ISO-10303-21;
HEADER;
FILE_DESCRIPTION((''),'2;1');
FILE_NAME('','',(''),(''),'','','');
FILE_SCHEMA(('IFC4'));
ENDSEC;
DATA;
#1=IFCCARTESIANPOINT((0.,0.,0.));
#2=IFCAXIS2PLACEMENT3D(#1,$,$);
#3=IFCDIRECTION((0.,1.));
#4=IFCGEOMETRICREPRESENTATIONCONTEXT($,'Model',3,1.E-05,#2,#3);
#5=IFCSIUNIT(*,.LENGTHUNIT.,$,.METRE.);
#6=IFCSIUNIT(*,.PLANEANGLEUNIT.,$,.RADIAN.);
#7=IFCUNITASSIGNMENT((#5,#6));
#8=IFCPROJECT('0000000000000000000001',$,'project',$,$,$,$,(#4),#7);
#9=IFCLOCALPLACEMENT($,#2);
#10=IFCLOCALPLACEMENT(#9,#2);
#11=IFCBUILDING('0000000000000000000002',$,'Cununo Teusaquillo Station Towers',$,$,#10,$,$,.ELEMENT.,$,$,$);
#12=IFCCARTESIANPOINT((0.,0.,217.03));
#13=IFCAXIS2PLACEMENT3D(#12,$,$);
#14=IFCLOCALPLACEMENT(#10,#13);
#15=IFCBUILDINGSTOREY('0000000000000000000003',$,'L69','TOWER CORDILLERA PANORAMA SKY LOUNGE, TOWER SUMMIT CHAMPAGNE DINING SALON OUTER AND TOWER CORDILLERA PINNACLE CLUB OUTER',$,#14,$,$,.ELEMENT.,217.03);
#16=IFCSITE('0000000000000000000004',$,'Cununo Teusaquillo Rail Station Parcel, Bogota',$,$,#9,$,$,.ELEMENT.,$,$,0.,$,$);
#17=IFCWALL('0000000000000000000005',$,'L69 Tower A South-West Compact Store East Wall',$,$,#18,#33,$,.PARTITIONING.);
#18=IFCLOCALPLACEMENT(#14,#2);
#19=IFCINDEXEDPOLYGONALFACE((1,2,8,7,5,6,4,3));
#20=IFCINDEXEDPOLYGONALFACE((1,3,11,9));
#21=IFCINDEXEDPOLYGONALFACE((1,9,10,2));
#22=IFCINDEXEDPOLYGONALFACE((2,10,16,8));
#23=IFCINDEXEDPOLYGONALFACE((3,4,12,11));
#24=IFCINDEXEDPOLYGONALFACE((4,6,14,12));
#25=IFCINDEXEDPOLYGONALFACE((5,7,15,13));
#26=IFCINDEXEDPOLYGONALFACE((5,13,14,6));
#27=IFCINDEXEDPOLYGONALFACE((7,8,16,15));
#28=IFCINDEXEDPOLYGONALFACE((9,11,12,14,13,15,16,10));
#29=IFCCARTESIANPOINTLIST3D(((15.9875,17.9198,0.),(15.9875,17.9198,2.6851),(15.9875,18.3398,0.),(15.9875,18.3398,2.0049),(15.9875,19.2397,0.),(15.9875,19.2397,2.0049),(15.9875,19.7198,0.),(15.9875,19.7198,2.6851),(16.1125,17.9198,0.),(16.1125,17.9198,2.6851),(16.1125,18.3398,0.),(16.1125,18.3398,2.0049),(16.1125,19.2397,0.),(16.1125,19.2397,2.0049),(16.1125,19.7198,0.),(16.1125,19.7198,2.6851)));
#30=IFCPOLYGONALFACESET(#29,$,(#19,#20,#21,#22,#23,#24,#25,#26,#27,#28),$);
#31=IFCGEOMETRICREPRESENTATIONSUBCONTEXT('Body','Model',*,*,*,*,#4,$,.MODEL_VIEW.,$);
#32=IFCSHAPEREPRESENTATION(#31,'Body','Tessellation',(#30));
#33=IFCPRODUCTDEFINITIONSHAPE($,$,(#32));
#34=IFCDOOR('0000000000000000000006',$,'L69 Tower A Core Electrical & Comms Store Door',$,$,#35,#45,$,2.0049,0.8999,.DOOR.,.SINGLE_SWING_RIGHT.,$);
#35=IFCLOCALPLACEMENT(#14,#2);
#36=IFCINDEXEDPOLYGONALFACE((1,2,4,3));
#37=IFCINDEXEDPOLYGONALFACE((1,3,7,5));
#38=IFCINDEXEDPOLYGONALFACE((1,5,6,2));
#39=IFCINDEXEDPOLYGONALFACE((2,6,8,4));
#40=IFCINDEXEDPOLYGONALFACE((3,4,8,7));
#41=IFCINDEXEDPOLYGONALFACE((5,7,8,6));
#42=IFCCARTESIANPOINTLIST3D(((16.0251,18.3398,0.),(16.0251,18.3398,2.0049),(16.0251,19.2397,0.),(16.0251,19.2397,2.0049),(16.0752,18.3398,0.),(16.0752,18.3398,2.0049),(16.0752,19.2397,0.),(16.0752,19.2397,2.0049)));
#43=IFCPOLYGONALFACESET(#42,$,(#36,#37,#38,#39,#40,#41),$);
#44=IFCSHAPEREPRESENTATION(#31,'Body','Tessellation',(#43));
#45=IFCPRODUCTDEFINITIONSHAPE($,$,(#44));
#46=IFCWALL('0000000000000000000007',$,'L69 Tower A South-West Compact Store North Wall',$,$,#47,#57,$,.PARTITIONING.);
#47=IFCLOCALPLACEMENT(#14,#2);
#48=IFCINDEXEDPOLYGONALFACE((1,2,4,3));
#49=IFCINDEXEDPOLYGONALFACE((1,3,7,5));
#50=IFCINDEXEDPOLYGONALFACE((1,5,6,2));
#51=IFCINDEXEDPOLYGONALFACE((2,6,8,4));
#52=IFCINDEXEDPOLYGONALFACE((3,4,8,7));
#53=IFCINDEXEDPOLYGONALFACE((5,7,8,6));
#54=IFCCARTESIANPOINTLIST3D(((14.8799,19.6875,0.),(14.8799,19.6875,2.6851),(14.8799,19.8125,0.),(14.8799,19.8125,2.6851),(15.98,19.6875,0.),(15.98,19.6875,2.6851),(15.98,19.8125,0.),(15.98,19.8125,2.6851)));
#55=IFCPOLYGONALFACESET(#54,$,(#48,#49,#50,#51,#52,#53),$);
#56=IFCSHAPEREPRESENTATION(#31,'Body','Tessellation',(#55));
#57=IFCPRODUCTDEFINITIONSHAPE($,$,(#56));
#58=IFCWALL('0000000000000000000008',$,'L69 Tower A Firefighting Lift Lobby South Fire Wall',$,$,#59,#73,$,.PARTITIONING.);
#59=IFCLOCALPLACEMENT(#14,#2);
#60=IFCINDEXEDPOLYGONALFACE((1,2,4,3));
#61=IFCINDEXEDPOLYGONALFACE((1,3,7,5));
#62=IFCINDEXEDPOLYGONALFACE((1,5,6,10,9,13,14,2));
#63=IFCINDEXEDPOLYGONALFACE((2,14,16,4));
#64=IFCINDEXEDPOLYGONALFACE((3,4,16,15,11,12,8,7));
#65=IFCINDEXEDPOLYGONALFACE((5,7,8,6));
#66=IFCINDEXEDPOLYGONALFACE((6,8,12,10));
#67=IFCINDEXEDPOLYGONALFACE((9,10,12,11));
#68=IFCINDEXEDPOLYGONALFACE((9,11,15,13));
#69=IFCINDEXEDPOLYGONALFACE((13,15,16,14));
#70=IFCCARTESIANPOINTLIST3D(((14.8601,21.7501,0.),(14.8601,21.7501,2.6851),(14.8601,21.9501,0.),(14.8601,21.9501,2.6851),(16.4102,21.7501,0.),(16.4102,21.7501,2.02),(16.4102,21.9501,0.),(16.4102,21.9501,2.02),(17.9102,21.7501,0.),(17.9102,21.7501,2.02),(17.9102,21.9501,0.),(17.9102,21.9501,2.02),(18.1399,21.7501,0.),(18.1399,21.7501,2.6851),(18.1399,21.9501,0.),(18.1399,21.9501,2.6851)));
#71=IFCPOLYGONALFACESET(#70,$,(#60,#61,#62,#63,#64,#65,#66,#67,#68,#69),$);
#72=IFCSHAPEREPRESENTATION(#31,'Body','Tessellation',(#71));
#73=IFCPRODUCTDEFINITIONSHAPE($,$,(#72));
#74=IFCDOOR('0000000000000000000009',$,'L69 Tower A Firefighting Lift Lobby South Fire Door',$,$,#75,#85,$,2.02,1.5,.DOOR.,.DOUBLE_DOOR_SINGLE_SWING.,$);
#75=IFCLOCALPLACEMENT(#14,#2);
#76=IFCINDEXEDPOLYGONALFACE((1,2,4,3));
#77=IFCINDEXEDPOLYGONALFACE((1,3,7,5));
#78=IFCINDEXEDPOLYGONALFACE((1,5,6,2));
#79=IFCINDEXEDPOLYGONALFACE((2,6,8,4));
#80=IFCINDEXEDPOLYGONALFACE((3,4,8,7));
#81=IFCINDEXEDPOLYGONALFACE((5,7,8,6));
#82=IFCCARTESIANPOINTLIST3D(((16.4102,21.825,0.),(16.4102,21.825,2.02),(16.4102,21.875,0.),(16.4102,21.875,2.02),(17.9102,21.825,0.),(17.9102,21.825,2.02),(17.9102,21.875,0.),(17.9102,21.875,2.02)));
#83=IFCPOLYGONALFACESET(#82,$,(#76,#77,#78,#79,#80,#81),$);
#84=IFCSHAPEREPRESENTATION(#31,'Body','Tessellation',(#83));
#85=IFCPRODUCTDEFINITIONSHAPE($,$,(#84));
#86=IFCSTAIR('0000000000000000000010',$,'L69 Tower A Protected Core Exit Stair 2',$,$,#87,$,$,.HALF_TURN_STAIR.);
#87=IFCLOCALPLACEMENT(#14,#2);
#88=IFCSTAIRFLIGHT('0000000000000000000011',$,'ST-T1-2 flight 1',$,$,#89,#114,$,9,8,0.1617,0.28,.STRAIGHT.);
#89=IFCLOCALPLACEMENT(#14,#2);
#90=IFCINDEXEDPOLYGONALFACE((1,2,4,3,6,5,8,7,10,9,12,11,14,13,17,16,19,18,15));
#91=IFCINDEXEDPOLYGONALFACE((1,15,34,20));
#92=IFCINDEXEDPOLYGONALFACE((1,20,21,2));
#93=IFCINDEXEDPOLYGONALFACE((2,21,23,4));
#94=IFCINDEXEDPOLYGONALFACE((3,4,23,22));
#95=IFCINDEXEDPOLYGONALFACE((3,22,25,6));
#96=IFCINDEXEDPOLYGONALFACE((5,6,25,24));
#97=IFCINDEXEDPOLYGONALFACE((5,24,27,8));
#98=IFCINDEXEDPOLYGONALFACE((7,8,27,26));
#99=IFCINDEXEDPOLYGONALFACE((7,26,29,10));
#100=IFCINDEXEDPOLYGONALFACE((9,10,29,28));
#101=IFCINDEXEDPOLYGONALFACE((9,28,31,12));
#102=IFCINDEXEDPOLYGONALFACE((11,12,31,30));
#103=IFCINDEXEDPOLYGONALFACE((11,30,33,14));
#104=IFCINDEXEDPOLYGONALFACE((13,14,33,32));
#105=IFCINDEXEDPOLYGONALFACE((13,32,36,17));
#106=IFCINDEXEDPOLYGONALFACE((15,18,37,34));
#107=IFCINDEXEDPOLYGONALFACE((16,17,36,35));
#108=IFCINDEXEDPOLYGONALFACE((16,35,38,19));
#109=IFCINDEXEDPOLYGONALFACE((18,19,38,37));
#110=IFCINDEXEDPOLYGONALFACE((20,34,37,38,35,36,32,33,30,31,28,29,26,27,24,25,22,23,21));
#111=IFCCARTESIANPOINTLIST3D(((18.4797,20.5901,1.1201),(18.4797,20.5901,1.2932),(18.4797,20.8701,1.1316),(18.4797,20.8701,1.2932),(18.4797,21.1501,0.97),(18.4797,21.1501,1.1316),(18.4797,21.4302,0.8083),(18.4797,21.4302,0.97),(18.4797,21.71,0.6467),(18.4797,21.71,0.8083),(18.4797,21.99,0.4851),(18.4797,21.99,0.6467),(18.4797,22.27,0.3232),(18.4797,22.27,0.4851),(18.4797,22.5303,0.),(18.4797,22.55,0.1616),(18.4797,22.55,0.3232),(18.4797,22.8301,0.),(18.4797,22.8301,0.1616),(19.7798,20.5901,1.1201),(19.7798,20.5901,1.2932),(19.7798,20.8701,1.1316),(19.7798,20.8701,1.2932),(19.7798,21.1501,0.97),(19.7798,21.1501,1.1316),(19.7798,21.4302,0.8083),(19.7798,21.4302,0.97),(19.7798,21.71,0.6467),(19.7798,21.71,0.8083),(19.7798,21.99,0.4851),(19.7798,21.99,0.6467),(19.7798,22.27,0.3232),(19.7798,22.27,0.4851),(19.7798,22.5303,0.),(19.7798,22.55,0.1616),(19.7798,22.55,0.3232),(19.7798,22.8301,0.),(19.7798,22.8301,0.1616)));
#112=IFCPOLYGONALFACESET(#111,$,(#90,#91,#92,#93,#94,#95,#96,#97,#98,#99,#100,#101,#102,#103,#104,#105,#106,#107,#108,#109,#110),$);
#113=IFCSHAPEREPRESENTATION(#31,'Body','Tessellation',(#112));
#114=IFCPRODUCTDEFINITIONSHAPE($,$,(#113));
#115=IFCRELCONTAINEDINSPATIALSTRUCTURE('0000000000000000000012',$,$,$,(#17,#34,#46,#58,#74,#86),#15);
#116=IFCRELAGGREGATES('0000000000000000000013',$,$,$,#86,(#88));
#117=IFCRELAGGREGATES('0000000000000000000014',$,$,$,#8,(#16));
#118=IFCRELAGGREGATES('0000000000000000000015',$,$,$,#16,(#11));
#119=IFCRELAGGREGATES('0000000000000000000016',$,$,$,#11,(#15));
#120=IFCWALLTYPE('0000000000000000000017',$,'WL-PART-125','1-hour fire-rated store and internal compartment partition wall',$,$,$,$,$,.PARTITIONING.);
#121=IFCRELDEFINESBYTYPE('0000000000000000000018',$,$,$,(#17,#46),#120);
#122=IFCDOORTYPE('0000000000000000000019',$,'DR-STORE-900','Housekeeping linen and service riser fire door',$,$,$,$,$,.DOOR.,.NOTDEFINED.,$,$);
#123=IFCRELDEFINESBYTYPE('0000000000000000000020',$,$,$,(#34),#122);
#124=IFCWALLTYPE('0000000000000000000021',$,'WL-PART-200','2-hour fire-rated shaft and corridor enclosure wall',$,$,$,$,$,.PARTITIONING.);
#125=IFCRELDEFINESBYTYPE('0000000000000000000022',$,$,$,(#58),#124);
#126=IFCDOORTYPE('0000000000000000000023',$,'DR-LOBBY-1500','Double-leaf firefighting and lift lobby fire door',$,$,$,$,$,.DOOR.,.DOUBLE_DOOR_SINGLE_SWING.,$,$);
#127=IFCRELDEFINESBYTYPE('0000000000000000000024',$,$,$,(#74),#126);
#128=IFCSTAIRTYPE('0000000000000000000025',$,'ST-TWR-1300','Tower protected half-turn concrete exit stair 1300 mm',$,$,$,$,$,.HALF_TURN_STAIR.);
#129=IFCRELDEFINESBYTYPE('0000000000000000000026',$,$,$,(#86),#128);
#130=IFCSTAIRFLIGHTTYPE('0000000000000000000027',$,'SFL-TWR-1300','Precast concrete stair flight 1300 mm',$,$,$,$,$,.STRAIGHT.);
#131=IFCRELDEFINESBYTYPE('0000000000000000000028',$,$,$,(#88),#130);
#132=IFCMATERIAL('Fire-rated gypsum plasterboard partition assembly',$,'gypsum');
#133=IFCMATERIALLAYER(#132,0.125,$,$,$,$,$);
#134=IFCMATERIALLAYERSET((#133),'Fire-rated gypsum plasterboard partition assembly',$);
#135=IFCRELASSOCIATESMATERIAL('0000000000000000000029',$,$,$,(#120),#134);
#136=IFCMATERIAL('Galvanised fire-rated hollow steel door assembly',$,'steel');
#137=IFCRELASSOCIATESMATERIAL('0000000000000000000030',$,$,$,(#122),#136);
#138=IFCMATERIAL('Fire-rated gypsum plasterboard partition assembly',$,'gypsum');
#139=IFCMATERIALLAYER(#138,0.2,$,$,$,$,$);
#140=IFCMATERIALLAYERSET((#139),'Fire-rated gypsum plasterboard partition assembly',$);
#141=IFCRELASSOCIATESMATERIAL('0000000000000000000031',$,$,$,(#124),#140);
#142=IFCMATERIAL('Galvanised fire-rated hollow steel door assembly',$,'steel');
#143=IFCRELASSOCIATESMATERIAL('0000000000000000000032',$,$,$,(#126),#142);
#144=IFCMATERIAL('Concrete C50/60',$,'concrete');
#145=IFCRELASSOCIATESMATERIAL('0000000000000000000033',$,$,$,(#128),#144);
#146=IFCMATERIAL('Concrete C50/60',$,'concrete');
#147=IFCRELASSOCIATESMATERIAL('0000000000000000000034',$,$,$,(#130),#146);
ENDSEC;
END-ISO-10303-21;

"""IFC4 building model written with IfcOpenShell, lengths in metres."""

from ifc_helpers import new_model, si_unit, direction, frame, frame_2d, origin, place, context, subcontext, project, spatial, polyline, rectangle, outline, extrude, source, transform, mapped, material, layer, layer_set, type_object, element, fill, aggregate, save


model = new_model("IFC4")

# Units and contexts
model_context = context("Model", 3, precision=1e-05, world=origin(), true_north=direction((0.0, 1.0)))
body_context = subcontext(model_context, "Body", "Model", "MODEL_VIEW")
ifc_project = project(units=[si_unit("LENGTHUNIT", "METRE"), si_unit("PLANEANGLEUNIT", "RADIAN")], contexts=[model_context])

# Site, building, storey
site_placement = place(None, origin())
site = spatial("IfcSite", under=ifc_project, at=site_placement, Name="Cununo Teusaquillo Rail Station Parcel, Bogota", CompositionType="ELEMENT", RefElevation=0.0)
building_placement = place(site_placement, origin())
building = spatial("IfcBuilding", under=site, at=building_placement, Name="Cununo Teusaquillo Station Towers", CompositionType="ELEMENT")
storey_placement = place(building_placement, frame((0.0, 0.0, 217.03)))
storey = spatial("IfcBuildingStorey", under=building, at=storey_placement, Name="L69", Description="TOWER CORDILLERA PANORAMA SKY LOUNGE, TOWER SUMMIT CHAMPAGNE DINING SALON OUTER AND TOWER CORDILLERA PINNACLE CLUB OUTER", CompositionType="ELEMENT", Elevation=217.03)

# Wall, opening, door
ifc_material_1 = material(Name="Fire-rated gypsum plasterboard partition assembly", Category="gypsum")
ifc_layer_1 = layer(ifc_material_1, 0.125)
ifc_layer_set_1 = layer_set([ifc_layer_1], Name="Fire-rated gypsum plasterboard partition assembly")
wall_type_1 = type_object("IfcWallType", Name="WL-PART-125", Description="1-hour fire-rated store and internal compartment partition wall", PredefinedType="PARTITIONING", material=ifc_layer_set_1)
wall_1_placement = place(storey_placement, frame((16.05, 17.9199, 0.0), z_axis=(0.0, 0.0, 1.0), x_axis=(0.0, 1.0, 0.0)))
wall_1 = element("IfcWall", 1, at=wall_1_placement, inside=storey, type_object=wall_type_1, Name="L69 Tower A South-West Compact Store East Wall", PredefinedType="PARTITIONING", context=body_context, shape_type="SweptSolid", body=[
    extrude(rectangle(XDim=1.8, YDim=0.125, at=frame_2d((0.8999, 0.0))), origin(), (0.0, 0.0, 1.0), 2.6851),
])
shared_shape_1 = source(origin(), body_context, "Body", "SweptSolid", [
    extrude(rectangle(XDim=0.8999, YDim=2.0049, at=frame_2d((0.45, 1.0024))), frame((0.0, 0.0725, 0.0), z_axis=(0.0, -1.0, 0.0), x_axis=(1.0, 0.0, 0.0)), (0.0, 0.0, 1.0), 0.145),
])
opening_1_placement = place(wall_1_placement, frame((0.4199, 0.0, 0.0)))
opening_1 = element("IfcOpeningElement", 2, at=opening_1_placement, cuts=wall_1, PredefinedType="OPENING", context=body_context, shape_type="MappedRepresentation", body=[
    mapped(shared_shape_1, transform((0.0, 0.0, 0.0), x_axis=(1.0, 0.0, 0.0), y_axis=(0.0, 1.0, 0.0), z_axis=(0.0, 0.0, 1.0), scale=1.0)),
])
ifc_material_2 = material(Name="Galvanised fire-rated hollow steel door assembly", Category="steel")
door_type_1 = type_object("IfcDoorType", Name="DR-STORE-900", Description="Housekeeping linen and service riser fire door", OperationType="NOTDEFINED", PredefinedType="DOOR", material=ifc_material_2)
shared_shape_2 = source(origin(), body_context, "Body", "SweptSolid", [
    extrude(rectangle(XDim=0.8999, YDim=2.0049, at=frame_2d((0.45, 1.0024))), frame((0.0, 0.0249, 0.0), z_axis=(0.0, -1.0, 0.0), x_axis=(1.0, 0.0, 0.0)), (0.0, 0.0, 1.0), 0.05),
])
door_1_placement = place(opening_1_placement, origin())
door_1 = element("IfcDoor", 3, at=door_1_placement, inside=storey, type_object=door_type_1, Name="L69 Tower A Core Electrical & Comms Store Door", OperationType="SINGLE_SWING_RIGHT", OverallHeight=2.0049, OverallWidth=0.8999, PredefinedType="DOOR", context=body_context, shape_type="MappedRepresentation", body=[
    mapped(shared_shape_2, transform((0.0, 0.0, 0.0), x_axis=(1.0, 0.0, 0.0), y_axis=(0.0, 1.0, 0.0), z_axis=(0.0, 0.0, 1.0), scale=1.0)),
])
fill(opening_1, door_1)

# Wall
wall_2_placement = place(storey_placement, frame((14.8799, 19.75, 0.0), z_axis=(0.0, 0.0, 1.0), x_axis=(1.0, 0.0, 0.0)))
element("IfcWall", 4, at=wall_2_placement, inside=storey, type_object=wall_type_1, Name="L69 Tower A South-West Compact Store North Wall", PredefinedType="PARTITIONING", context=body_context, shape_type="SweptSolid", body=[
    extrude(rectangle(XDim=1.1001, YDim=0.125, at=frame_2d((0.55, 0.0))), origin(), (0.0, 0.0, 1.0), 2.6851),
])

# Wall, opening, door
ifc_material_3 = material(Name="Fire-rated gypsum plasterboard partition assembly", Category="gypsum")
ifc_layer_2 = layer(ifc_material_3, 0.2)
ifc_layer_set_2 = layer_set([ifc_layer_2], Name="Fire-rated gypsum plasterboard partition assembly")
wall_type_2 = type_object("IfcWallType", Name="WL-PART-200", Description="2-hour fire-rated shaft and corridor enclosure wall", PredefinedType="PARTITIONING", material=ifc_layer_set_2)
wall_3_placement = place(storey_placement, frame((14.8601, 21.8501, 0.0), z_axis=(0.0, 0.0, 1.0), x_axis=(1.0, 0.0, 0.0)))
wall_3 = element("IfcWall", 5, at=wall_3_placement, inside=storey, type_object=wall_type_2, Name="L69 Tower A Firefighting Lift Lobby South Fire Wall", PredefinedType="PARTITIONING", context=body_context, shape_type="SweptSolid", body=[
    extrude(rectangle(XDim=3.2798, YDim=0.2, at=frame_2d((1.6399, 0.0))), origin(), (0.0, 0.0, 1.0), 2.6851),
])
shared_shape_3 = source(origin(), body_context, "Body", "SweptSolid", [
    extrude(rectangle(XDim=1.5, YDim=2.02, at=frame_2d((0.75, 1.01))), frame((0.0, 0.1099, 0.0), z_axis=(0.0, -1.0, 0.0), x_axis=(1.0, 0.0, 0.0)), (0.0, 0.0, 1.0), 0.22),
])
opening_2_placement = place(wall_3_placement, frame((1.55, 0.0, 0.0)))
opening_2 = element("IfcOpeningElement", 6, at=opening_2_placement, cuts=wall_3, PredefinedType="OPENING", context=body_context, shape_type="MappedRepresentation", body=[
    mapped(shared_shape_3, transform((0.0, 0.0, 0.0), x_axis=(1.0, 0.0, 0.0), y_axis=(0.0, 1.0, 0.0), z_axis=(0.0, 0.0, 1.0), scale=1.0)),
])
ifc_material_4 = material(Name="Galvanised fire-rated hollow steel door assembly", Category="steel")
door_type_2 = type_object("IfcDoorType", Name="DR-LOBBY-1500", Description="Double-leaf firefighting and lift lobby fire door", OperationType="DOUBLE_DOOR_SINGLE_SWING", PredefinedType="DOOR", material=ifc_material_4)
shared_shape_4 = source(origin(), body_context, "Body", "SweptSolid", [
    extrude(rectangle(XDim=1.5, YDim=2.02, at=frame_2d((0.75, 1.01))), frame((0.0, 0.0249, 0.0), z_axis=(0.0, -1.0, 0.0), x_axis=(1.0, 0.0, 0.0)), (0.0, 0.0, 1.0), 0.05),
])
door_2_placement = place(opening_2_placement, origin())
door_2 = element("IfcDoor", 7, at=door_2_placement, inside=storey, type_object=door_type_2, Name="L69 Tower A Firefighting Lift Lobby South Fire Door", OperationType="DOUBLE_DOOR_SINGLE_SWING", OverallHeight=2.02, OverallWidth=1.5, PredefinedType="DOOR", context=body_context, shape_type="MappedRepresentation", body=[
    mapped(shared_shape_4, transform((0.0, 0.0, 0.0), x_axis=(1.0, 0.0, 0.0), y_axis=(0.0, 1.0, 0.0), z_axis=(0.0, 0.0, 1.0), scale=1.0)),
])
fill(opening_2, door_2)

# Stair, stair flight
ifc_material_5 = material(Name="Concrete C50/60", Category="concrete")
stair_type = type_object("IfcStairType", Name="ST-TWR-1300", Description="Tower protected half-turn concrete exit stair 1300 mm", PredefinedType="HALF_TURN_STAIR", material=ifc_material_5)
stair_placement = place(storey_placement, origin())
stair = element("IfcStair", 8, at=stair_placement, inside=storey, type_object=stair_type, Name="L69 Tower A Protected Core Exit Stair 2", PredefinedType="HALF_TURN_STAIR")
ifc_material_6 = material(Name="Concrete C50/60", Category="concrete")
stair_flight_type = type_object("IfcStairFlightType", Name="SFL-TWR-1300", Description="Precast concrete stair flight 1300 mm", PredefinedType="STRAIGHT", material=ifc_material_6)
stair_flight_placement = place(storey_placement, frame((19.1299, 22.8301, 0.0), z_axis=(0.0, 0.0, 1.0), x_axis=(0.0, -1.0, 0.0)))
stair_flight = element("IfcStairFlight", 9, at=stair_flight_placement, type_object=stair_flight_type, Name="ST-T1-2 flight 1", NumberOfRisers=9, NumberOfTreads=8, PredefinedType="STRAIGHT", RiserHeight=0.1617, TreadLength=0.28, context=body_context, shape_type="SweptSolid", body=[
    extrude(outline(polyline([(0.0, 0.0), (0.0, 0.1616), (0.28, 0.1616), (0.28, 0.3232), (0.5601, 0.3232), (0.5601, 0.4851), (0.8401, 0.4851), (0.8401, 0.6467), (1.1201, 0.6467), (1.1201, 0.8083), (1.3999, 0.8083), (1.3999, 0.97), (1.6799, 0.97), (1.6799, 1.1316), (1.96, 1.1316), (1.96, 1.2932), (2.24, 1.2932), (2.24, 1.4551), (2.24, 1.1201), (0.2998, 0.0), (0.0, 0.0)])), frame((0.0, 0.6499, 0.0), z_axis=(0.0, -1.0, 0.0), x_axis=(1.0, 0.0, 0.0)), (0.0, 0.0, 1.0), 1.3),
])
aggregate(stair, [stair_flight])

save(model, "model.ifc")
